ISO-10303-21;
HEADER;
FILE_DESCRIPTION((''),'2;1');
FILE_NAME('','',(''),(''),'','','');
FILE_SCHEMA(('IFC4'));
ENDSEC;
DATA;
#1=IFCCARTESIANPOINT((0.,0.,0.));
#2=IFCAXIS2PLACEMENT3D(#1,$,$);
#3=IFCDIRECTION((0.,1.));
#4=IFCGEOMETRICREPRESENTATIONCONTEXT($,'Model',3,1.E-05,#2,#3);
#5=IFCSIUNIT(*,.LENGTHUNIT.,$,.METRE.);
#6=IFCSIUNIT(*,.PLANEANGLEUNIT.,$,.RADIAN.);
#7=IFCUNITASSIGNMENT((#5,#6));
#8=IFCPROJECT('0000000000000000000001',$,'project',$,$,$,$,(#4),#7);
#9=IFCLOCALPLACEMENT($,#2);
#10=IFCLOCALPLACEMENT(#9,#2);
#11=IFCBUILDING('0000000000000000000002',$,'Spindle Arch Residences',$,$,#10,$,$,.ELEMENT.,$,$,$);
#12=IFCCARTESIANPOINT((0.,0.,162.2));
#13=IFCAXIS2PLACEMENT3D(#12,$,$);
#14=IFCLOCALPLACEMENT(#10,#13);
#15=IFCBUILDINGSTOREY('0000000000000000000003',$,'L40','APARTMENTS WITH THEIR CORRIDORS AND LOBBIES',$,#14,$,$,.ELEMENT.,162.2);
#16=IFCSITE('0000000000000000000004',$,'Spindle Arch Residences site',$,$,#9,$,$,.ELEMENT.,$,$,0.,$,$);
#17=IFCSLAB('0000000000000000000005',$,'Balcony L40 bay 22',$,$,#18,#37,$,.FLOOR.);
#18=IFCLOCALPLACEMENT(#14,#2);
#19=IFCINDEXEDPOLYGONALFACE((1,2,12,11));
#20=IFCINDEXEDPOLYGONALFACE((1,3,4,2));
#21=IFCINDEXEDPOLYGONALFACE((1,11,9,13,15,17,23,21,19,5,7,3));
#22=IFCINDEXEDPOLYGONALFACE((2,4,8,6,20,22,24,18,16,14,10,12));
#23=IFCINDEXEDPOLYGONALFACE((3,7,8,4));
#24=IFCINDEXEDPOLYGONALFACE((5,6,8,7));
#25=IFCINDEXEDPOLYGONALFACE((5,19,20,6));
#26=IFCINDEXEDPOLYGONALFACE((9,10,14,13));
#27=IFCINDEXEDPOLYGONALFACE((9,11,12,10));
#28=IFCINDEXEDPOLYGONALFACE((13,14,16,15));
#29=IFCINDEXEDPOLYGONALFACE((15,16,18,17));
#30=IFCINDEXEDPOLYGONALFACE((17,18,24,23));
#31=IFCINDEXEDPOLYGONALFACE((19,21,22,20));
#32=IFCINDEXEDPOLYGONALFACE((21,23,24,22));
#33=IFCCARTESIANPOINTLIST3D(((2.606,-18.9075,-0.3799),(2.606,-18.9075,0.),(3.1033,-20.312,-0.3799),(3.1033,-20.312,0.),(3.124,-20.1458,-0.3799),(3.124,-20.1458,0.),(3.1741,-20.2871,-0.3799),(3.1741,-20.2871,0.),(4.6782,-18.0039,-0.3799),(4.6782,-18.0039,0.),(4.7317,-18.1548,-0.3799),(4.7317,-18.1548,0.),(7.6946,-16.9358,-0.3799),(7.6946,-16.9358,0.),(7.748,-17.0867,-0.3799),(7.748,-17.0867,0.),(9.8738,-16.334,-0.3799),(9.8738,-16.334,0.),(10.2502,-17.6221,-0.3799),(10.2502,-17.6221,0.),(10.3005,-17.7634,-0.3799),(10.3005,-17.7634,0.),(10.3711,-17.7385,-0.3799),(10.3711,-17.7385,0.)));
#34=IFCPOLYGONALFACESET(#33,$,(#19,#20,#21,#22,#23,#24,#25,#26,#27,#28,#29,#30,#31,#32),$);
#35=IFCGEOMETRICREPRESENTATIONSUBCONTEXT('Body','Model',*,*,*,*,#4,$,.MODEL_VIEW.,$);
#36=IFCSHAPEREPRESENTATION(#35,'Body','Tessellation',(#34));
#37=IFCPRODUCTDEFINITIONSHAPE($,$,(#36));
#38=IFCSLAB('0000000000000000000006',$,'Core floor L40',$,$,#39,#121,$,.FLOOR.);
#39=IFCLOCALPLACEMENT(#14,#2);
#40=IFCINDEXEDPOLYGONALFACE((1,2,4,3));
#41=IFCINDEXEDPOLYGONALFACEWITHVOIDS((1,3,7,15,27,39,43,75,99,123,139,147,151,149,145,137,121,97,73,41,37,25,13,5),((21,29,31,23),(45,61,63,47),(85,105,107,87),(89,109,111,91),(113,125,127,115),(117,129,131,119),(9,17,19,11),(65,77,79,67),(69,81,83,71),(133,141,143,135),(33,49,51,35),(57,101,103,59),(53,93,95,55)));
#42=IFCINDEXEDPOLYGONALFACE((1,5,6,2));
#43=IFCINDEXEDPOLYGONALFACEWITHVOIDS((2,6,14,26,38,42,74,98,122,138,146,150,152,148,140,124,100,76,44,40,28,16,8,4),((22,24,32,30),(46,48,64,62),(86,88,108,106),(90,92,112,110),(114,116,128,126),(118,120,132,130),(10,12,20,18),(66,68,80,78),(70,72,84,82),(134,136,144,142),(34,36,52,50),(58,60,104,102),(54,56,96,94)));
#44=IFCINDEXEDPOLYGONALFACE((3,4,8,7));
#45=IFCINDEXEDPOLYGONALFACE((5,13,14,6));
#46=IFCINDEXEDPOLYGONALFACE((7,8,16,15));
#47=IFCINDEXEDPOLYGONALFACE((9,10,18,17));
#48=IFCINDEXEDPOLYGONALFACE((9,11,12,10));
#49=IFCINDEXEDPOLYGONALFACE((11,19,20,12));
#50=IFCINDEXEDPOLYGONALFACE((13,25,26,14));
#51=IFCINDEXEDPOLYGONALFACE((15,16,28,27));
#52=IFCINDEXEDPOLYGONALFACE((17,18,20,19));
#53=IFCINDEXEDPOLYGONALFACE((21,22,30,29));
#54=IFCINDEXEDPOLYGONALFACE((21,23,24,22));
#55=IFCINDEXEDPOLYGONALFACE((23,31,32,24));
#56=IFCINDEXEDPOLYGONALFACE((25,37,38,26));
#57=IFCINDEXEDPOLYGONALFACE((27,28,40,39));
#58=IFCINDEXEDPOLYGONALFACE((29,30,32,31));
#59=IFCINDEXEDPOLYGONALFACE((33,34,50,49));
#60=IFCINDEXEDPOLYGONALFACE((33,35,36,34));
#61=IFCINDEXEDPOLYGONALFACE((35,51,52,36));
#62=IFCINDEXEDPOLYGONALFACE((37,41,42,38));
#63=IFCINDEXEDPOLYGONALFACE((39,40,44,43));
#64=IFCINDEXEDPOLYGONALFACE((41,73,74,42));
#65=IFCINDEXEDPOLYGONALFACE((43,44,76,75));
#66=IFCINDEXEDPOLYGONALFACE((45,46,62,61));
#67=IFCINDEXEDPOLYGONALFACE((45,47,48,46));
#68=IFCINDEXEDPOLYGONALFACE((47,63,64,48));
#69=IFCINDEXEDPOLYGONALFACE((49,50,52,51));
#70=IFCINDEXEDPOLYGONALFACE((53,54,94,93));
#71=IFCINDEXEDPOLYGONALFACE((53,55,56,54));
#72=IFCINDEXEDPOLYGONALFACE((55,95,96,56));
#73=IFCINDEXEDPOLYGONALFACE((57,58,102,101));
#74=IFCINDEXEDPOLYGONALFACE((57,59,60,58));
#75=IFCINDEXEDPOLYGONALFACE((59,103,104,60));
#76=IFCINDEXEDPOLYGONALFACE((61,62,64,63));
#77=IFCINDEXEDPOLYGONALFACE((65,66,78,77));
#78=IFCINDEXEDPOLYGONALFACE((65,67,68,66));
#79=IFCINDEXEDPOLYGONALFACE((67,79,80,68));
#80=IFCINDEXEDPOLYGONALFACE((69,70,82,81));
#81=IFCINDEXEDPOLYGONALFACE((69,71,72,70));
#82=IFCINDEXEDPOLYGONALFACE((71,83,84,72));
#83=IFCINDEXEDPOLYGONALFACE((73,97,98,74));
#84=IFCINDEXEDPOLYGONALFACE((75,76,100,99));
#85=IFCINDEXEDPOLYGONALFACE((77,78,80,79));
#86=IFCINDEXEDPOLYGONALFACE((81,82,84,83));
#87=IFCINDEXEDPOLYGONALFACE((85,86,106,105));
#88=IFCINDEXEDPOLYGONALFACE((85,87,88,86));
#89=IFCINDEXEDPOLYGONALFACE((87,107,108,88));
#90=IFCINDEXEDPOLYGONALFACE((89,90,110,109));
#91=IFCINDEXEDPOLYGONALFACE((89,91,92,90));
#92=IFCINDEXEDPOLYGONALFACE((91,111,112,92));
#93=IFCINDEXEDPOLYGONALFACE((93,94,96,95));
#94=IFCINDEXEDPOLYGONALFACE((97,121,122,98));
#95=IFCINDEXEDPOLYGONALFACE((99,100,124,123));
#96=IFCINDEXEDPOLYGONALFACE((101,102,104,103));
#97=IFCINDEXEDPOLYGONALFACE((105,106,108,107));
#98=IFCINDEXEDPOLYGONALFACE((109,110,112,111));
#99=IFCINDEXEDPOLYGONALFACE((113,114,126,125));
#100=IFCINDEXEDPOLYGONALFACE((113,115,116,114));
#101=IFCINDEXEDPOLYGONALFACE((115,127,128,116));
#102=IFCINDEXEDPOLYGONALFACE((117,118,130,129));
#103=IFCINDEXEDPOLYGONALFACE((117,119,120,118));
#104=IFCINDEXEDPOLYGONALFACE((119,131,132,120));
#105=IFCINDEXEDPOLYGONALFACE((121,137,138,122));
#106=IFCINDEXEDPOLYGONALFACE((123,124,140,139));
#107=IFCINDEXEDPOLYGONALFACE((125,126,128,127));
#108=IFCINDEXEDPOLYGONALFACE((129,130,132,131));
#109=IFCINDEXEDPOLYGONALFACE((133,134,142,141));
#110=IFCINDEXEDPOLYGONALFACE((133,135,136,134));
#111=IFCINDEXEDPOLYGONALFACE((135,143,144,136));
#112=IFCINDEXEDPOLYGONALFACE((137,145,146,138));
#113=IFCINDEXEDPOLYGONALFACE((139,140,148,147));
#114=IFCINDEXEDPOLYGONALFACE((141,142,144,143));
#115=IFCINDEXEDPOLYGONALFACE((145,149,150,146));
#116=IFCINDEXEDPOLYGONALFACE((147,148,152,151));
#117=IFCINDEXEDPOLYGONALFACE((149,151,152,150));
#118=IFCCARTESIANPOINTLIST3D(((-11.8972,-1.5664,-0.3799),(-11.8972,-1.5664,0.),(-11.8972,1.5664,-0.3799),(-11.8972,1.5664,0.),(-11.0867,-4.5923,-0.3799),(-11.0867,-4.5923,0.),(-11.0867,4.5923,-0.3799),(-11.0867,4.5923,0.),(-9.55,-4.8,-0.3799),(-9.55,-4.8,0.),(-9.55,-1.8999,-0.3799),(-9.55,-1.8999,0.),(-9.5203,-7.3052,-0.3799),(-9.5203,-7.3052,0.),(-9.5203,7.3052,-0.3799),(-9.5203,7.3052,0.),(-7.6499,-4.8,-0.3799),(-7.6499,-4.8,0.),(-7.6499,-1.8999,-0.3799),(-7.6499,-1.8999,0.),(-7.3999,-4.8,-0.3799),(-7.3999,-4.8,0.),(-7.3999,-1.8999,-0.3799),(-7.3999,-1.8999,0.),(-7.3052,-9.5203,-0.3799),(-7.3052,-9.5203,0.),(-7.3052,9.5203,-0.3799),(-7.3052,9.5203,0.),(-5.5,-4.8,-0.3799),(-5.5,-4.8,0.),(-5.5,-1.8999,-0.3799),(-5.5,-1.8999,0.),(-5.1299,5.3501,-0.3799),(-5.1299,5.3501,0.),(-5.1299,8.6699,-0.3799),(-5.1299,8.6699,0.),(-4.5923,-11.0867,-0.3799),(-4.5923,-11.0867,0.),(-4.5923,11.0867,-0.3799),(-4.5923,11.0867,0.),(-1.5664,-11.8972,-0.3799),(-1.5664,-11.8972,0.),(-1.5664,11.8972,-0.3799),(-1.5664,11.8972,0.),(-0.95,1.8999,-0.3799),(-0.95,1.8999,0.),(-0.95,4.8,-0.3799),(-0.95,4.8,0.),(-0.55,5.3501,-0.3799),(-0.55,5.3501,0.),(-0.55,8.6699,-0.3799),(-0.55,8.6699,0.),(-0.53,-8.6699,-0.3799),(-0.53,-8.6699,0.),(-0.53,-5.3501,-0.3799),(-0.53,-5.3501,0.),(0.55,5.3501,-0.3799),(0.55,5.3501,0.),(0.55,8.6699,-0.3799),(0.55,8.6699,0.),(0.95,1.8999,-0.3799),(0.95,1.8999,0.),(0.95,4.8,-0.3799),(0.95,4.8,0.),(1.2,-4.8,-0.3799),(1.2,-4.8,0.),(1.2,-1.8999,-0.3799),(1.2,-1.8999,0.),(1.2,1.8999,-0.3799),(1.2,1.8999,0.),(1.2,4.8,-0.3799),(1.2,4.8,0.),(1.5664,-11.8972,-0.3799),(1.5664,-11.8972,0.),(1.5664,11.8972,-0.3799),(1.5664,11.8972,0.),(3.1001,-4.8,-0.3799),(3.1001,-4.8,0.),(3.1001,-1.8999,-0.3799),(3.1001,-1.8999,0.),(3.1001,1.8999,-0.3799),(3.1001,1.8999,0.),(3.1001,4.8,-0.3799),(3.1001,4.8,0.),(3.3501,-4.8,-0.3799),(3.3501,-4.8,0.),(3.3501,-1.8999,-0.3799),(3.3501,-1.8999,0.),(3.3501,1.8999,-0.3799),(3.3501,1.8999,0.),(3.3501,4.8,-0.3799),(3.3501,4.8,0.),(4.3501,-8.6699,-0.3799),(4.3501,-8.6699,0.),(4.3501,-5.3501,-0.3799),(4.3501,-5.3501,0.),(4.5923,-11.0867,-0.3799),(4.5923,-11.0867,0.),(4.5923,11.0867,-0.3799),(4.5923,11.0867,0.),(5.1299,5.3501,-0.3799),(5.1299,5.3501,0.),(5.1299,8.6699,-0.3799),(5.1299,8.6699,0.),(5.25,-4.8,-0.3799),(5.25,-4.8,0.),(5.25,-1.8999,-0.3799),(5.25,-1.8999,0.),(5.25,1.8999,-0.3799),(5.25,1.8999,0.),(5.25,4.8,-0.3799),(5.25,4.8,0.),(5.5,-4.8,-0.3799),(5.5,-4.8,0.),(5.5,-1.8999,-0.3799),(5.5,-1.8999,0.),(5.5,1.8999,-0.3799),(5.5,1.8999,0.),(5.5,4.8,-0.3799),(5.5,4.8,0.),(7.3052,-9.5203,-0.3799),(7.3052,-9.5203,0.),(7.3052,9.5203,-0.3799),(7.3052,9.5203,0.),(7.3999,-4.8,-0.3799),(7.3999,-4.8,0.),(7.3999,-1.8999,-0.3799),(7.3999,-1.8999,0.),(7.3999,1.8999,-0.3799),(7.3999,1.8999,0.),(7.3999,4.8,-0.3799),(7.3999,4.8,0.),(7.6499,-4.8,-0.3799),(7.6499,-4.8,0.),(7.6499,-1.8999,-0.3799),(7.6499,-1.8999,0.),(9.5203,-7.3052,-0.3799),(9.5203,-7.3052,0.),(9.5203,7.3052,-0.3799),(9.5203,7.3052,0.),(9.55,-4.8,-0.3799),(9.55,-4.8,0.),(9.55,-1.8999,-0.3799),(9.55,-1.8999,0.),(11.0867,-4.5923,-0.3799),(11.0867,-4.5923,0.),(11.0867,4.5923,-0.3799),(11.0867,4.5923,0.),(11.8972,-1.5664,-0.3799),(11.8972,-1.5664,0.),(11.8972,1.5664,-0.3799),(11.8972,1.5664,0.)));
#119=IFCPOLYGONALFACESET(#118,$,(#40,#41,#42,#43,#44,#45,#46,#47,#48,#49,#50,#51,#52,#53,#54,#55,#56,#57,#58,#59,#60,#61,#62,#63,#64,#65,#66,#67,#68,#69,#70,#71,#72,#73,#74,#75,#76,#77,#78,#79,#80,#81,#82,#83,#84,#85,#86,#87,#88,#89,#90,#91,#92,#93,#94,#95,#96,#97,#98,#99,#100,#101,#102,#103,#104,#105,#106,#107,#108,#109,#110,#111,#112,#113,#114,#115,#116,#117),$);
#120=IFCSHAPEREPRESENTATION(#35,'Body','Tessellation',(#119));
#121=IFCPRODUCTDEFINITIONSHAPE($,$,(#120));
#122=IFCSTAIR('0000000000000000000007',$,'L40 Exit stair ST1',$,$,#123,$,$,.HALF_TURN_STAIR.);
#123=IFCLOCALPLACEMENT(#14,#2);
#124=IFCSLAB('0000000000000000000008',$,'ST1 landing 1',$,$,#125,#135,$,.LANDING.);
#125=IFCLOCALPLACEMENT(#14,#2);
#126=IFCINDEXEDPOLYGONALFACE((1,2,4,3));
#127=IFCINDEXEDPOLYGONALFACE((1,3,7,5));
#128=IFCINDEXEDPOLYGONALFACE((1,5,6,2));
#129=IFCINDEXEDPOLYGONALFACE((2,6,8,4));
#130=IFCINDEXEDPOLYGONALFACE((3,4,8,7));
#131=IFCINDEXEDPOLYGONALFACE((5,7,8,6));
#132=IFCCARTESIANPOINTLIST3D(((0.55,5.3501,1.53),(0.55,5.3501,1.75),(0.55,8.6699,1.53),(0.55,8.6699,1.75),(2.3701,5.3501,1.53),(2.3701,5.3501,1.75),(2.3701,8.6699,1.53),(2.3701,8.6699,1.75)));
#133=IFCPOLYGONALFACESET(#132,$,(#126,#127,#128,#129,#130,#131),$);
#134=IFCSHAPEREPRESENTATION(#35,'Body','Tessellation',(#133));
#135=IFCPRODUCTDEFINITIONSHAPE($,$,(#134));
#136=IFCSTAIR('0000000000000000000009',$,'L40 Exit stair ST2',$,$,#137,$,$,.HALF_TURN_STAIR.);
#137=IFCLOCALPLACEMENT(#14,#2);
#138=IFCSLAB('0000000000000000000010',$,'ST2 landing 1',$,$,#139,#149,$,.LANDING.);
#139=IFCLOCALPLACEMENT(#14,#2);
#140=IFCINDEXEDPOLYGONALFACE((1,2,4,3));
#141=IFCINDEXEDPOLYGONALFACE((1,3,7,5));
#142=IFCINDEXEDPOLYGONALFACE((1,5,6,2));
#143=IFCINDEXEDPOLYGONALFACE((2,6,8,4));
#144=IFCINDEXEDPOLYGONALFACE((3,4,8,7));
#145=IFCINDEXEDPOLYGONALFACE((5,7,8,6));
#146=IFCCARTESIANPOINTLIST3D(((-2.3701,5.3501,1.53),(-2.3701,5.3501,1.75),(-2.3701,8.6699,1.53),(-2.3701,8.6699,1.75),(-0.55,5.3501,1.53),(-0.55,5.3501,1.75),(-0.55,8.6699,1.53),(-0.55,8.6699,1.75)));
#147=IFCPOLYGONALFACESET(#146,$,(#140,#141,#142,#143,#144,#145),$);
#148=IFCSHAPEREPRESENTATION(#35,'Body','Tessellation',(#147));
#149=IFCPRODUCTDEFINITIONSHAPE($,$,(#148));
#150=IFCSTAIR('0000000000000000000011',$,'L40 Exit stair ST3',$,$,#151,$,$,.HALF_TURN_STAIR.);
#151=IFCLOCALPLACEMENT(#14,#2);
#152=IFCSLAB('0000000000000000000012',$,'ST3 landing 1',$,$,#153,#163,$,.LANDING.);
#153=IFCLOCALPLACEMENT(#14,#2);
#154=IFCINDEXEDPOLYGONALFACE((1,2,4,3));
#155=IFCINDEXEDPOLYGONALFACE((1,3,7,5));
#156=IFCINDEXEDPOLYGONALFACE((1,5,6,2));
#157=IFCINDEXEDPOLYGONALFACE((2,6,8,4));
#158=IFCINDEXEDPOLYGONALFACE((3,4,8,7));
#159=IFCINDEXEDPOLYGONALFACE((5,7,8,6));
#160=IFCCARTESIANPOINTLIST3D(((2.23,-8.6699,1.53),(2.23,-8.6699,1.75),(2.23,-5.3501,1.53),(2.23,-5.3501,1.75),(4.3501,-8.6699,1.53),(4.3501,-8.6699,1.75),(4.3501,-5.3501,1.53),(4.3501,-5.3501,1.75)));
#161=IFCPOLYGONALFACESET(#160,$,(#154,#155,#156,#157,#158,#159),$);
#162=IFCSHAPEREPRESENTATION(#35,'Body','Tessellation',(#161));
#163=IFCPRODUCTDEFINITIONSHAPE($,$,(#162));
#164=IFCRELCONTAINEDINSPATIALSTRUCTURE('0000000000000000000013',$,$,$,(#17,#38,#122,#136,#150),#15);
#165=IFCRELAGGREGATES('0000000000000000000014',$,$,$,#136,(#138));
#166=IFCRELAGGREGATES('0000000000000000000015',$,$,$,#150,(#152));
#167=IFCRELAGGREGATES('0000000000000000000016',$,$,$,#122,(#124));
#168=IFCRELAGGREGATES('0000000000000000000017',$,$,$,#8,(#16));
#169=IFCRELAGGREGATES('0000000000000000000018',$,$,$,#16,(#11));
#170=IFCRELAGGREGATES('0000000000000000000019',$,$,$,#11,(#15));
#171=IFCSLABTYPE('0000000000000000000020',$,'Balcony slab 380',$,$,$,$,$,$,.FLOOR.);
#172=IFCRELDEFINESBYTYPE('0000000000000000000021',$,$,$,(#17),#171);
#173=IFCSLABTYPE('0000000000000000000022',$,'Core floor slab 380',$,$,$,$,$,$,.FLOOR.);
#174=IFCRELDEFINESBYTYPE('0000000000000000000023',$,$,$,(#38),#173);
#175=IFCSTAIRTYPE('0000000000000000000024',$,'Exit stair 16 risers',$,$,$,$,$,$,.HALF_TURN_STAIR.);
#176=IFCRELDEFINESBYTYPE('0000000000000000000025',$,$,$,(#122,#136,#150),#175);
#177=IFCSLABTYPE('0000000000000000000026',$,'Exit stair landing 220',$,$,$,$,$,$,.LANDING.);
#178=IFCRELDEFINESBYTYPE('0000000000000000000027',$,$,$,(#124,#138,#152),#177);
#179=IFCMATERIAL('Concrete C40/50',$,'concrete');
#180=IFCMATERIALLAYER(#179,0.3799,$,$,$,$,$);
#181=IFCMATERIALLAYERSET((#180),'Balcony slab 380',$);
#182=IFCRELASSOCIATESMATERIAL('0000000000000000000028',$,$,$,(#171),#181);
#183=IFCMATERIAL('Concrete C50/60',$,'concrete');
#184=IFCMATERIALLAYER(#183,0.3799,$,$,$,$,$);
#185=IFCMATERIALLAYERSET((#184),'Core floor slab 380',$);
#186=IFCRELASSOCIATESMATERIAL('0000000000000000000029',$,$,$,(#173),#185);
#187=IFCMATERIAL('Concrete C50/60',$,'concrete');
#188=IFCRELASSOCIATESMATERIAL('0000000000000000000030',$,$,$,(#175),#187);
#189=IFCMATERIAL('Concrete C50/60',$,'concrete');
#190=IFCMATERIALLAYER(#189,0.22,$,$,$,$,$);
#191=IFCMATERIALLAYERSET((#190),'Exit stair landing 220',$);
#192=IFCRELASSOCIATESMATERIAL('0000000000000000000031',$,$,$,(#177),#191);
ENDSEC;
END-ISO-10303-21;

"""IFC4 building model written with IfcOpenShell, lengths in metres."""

from ifc_helpers import new_model, si_unit, direction, frame, origin, place, context, subcontext, project, spatial, polyline, outline, extrude, material, layer, layer_set, type_object, element, aggregate, save


model = new_model("IFC4")

# Units and contexts
model_context = context("Model", 3, precision=1e-05, world=origin(), true_north=direction((0.0, 1.0)))
body_context = subcontext(model_context, "Body", "Model", "MODEL_VIEW")
ifc_project = project(units=[si_unit("LENGTHUNIT", "METRE"), si_unit("PLANEANGLEUNIT", "RADIAN")], contexts=[model_context])

# Site, building, storey
site_placement = place(None, origin())
site = spatial("IfcSite", under=ifc_project, at=site_placement, Name="Spindle Arch Residences site", CompositionType="ELEMENT", RefElevation=0.0)
building_placement = place(site_placement, origin())
building = spatial("IfcBuilding", under=site, at=building_placement, Name="Spindle Arch Residences", CompositionType="ELEMENT")
storey_placement = place(building_placement, frame((0.0, 0.0, 162.2)))
storey = spatial("IfcBuildingStorey", under=building, at=storey_placement, Name="L40", Description="APARTMENTS WITH THEIR CORRIDORS AND LOBBIES", CompositionType="ELEMENT", Elevation=162.2)

# Slabs
ifc_material_1 = material(Name="Concrete C40/50", Category="concrete")
ifc_layer_1 = layer(ifc_material_1, 0.3799)
ifc_layer_set_1 = layer_set([ifc_layer_1], Name="Balcony slab 380")
slab_type_1 = type_object("IfcSlabType", Name="Balcony slab 380", PredefinedType="FLOOR", material=ifc_layer_set_1)
slab_1_placement = place(storey_placement, frame((0.0, 0.0, -0.3799)))
element("IfcSlab", 1, at=slab_1_placement, inside=storey, type_object=slab_type_1, Name="Balcony L40 bay 22", PredefinedType="FLOOR", context=body_context, shape_type="SweptSolid", body=[
    extrude(outline(polyline([(3.1033, -20.312), (3.1741, -20.2871), (3.124, -20.1458), (10.2502, -17.6221), (10.3005, -17.7634), (10.3711, -17.7385), (9.8738, -16.334), (7.748, -17.0867), (7.6946, -16.9358), (4.6782, -18.0039), (4.7317, -18.1548), (2.606, -18.9075), (3.1033, -20.312)])), origin(), (0.0, 0.0, 1.0), 0.3799),
])
ifc_material_2 = material(Name="Concrete C50/60", Category="concrete")
ifc_layer_2 = layer(ifc_material_2, 0.3799)
ifc_layer_set_2 = layer_set([ifc_layer_2], Name="Core floor slab 380")
slab_type_2 = type_object("IfcSlabType", Name="Core floor slab 380", PredefinedType="FLOOR", material=ifc_layer_set_2)
slab_2_placement = place(storey_placement, frame((0.0, 0.0, -0.3799)))
element("IfcSlab", 2, at=slab_2_placement, inside=storey, type_object=slab_type_2, Name="Core floor L40", PredefinedType="FLOOR", context=body_context, shape_type="SweptSolid", body=[
    extrude(outline(polyline([(1.5664, -11.8972), (4.5923, -11.0867), (7.3052, -9.5203), (9.5203, -7.3052), (11.0867, -4.5923), (11.8972, -1.5664), (11.8972, 1.5664), (11.0867, 4.5923), (9.5203, 7.3052), (7.3052, 9.5203), (4.5923, 11.0867), (1.5664, 11.8972), (-1.5664, 11.8972), (-4.5923, 11.0867), (-7.3052, 9.5203), (-9.5203, 7.3052), (-11.0867, 4.5923), (-11.8972, 1.5664), (-11.8972, -1.5664), (-11.0867, -4.5923), (-9.5203, -7.3052), (-7.3052, -9.5203), (-4.5923, -11.0867), (-1.5664, -11.8972), (1.5664, -11.8972)]), holes=[polyline([(-0.95, 1.8999), (0.95, 1.8999), (0.95, 4.8), (-0.95, 4.8), (-0.95, 1.8999)]), polyline([(1.2, 1.8999), (3.1001, 1.8999), (3.1001, 4.8), (1.2, 4.8), (1.2, 1.8999)]), polyline([(3.3501, 1.8999), (5.25, 1.8999), (5.25, 4.8), (3.3501, 4.8), (3.3501, 1.8999)]), polyline([(5.5, 1.8999), (7.3999, 1.8999), (7.3999, 4.8), (5.5, 4.8), (5.5, 1.8999)]), polyline([(-9.55, -4.8), (-7.6499, -4.8), (-7.6499, -1.8999), (-9.55, -1.8999), (-9.55, -4.8)]), polyline([(-7.3999, -4.8), (-5.5, -4.8), (-5.5, -1.8999), (-7.3999, -1.8999), (-7.3999, -4.8)]), polyline([(1.2, -4.8), (3.1001, -4.8), (3.1001, -1.8999), (1.2, -1.8999), (1.2, -4.8)]), polyline([(3.3501, -4.8), (5.25, -4.8), (5.25, -1.8999), (3.3501, -1.8999), (3.3501, -4.8)]), polyline([(5.5, -4.8), (7.3999, -4.8), (7.3999, -1.8999), (5.5, -1.8999), (5.5, -4.8)]), polyline([(7.6499, -4.8), (9.55, -4.8), (9.55, -1.8999), (7.6499, -1.8999), (7.6499, -4.8)]), polyline([(5.1299, 8.6699), (0.55, 8.6699), (0.55, 5.3501), (5.1299, 5.3501), (5.1299, 8.6699)]), polyline([(-5.1299, 5.3501), (-0.55, 5.3501), (-0.55, 8.6699), (-5.1299, 8.6699), (-5.1299, 5.3501)]), polyline([(-0.53, -8.6699), (4.3501, -8.6699), (4.3501, -5.3501), (-0.53, -5.3501), (-0.53, -8.6699)])]), origin(), (0.0, 0.0, 1.0), 0.3799),
])

# Stairs, slabs
ifc_material_3 = material(Name="Concrete C50/60", Category="concrete")
stair_type = type_object("IfcStairType", Name="Exit stair 16 risers", PredefinedType="HALF_TURN_STAIR", material=ifc_material_3)
stair_1_placement = place(storey_placement, origin())
stair_1 = element("IfcStair", 3, at=stair_1_placement, inside=storey, type_object=stair_type, Name="L40 Exit stair ST1", PredefinedType="HALF_TURN_STAIR")
ifc_material_4 = material(Name="Concrete C50/60", Category="concrete")
ifc_layer_3 = layer(ifc_material_4, 0.22)
ifc_layer_set_3 = layer_set([ifc_layer_3], Name="Exit stair landing 220")
slab_type_3 = type_object("IfcSlabType", Name="Exit stair landing 220", PredefinedType="LANDING", material=ifc_layer_set_3)
slab_3_placement = place(storey_placement, frame((0.0, 0.0, 1.53)))
slab_3 = element("IfcSlab", 4, at=slab_3_placement, type_object=slab_type_3, Name="ST1 landing 1", PredefinedType="LANDING", context=body_context, shape_type="SweptSolid", body=[
    extrude(outline(polyline([(2.3701, 8.6699), (0.55, 8.6699), (0.55, 5.3501), (2.3701, 5.3501), (2.3701, 8.6699)])), origin(), (0.0, 0.0, 1.0), 0.22),
])
stair_2_placement = place(storey_placement, origin())
stair_2 = element("IfcStair", 5, at=stair_2_placement, inside=storey, type_object=stair_type, Name="L40 Exit stair ST2", PredefinedType="HALF_TURN_STAIR")
slab_4_placement = place(storey_placement, frame((0.0, 0.0, 1.53)))
slab_4 = element("IfcSlab", 6, at=slab_4_placement, type_object=slab_type_3, Name="ST2 landing 1", PredefinedType="LANDING", context=body_context, shape_type="SweptSolid", body=[
    extrude(outline(polyline([(-2.3701, 5.3501), (-0.55, 5.3501), (-0.55, 8.6699), (-2.3701, 8.6699), (-2.3701, 5.3501)])), origin(), (0.0, 0.0, 1.0), 0.22),
])
aggregate(stair_2, [slab_4])
stair_3_placement = place(storey_placement, origin())
stair_3 = element("IfcStair", 7, at=stair_3_placement, inside=storey, type_object=stair_type, Name="L40 Exit stair ST3", PredefinedType="HALF_TURN_STAIR")
slab_5_placement = place(storey_placement, frame((0.0, 0.0, 1.53)))
slab_5 = element("IfcSlab", 8, at=slab_5_placement, type_object=slab_type_3, Name="ST3 landing 1", PredefinedType="LANDING", context=body_context, shape_type="SweptSolid", body=[
    extrude(outline(polyline([(2.23, -8.6699), (4.3501, -8.6699), (4.3501, -5.3501), (2.23, -5.3501), (2.23, -8.6699)])), origin(), (0.0, 0.0, 1.0), 0.22),
])
aggregate(stair_3, [slab_5])

aggregate(stair_1, [slab_3])

save(model, "model.ifc")
